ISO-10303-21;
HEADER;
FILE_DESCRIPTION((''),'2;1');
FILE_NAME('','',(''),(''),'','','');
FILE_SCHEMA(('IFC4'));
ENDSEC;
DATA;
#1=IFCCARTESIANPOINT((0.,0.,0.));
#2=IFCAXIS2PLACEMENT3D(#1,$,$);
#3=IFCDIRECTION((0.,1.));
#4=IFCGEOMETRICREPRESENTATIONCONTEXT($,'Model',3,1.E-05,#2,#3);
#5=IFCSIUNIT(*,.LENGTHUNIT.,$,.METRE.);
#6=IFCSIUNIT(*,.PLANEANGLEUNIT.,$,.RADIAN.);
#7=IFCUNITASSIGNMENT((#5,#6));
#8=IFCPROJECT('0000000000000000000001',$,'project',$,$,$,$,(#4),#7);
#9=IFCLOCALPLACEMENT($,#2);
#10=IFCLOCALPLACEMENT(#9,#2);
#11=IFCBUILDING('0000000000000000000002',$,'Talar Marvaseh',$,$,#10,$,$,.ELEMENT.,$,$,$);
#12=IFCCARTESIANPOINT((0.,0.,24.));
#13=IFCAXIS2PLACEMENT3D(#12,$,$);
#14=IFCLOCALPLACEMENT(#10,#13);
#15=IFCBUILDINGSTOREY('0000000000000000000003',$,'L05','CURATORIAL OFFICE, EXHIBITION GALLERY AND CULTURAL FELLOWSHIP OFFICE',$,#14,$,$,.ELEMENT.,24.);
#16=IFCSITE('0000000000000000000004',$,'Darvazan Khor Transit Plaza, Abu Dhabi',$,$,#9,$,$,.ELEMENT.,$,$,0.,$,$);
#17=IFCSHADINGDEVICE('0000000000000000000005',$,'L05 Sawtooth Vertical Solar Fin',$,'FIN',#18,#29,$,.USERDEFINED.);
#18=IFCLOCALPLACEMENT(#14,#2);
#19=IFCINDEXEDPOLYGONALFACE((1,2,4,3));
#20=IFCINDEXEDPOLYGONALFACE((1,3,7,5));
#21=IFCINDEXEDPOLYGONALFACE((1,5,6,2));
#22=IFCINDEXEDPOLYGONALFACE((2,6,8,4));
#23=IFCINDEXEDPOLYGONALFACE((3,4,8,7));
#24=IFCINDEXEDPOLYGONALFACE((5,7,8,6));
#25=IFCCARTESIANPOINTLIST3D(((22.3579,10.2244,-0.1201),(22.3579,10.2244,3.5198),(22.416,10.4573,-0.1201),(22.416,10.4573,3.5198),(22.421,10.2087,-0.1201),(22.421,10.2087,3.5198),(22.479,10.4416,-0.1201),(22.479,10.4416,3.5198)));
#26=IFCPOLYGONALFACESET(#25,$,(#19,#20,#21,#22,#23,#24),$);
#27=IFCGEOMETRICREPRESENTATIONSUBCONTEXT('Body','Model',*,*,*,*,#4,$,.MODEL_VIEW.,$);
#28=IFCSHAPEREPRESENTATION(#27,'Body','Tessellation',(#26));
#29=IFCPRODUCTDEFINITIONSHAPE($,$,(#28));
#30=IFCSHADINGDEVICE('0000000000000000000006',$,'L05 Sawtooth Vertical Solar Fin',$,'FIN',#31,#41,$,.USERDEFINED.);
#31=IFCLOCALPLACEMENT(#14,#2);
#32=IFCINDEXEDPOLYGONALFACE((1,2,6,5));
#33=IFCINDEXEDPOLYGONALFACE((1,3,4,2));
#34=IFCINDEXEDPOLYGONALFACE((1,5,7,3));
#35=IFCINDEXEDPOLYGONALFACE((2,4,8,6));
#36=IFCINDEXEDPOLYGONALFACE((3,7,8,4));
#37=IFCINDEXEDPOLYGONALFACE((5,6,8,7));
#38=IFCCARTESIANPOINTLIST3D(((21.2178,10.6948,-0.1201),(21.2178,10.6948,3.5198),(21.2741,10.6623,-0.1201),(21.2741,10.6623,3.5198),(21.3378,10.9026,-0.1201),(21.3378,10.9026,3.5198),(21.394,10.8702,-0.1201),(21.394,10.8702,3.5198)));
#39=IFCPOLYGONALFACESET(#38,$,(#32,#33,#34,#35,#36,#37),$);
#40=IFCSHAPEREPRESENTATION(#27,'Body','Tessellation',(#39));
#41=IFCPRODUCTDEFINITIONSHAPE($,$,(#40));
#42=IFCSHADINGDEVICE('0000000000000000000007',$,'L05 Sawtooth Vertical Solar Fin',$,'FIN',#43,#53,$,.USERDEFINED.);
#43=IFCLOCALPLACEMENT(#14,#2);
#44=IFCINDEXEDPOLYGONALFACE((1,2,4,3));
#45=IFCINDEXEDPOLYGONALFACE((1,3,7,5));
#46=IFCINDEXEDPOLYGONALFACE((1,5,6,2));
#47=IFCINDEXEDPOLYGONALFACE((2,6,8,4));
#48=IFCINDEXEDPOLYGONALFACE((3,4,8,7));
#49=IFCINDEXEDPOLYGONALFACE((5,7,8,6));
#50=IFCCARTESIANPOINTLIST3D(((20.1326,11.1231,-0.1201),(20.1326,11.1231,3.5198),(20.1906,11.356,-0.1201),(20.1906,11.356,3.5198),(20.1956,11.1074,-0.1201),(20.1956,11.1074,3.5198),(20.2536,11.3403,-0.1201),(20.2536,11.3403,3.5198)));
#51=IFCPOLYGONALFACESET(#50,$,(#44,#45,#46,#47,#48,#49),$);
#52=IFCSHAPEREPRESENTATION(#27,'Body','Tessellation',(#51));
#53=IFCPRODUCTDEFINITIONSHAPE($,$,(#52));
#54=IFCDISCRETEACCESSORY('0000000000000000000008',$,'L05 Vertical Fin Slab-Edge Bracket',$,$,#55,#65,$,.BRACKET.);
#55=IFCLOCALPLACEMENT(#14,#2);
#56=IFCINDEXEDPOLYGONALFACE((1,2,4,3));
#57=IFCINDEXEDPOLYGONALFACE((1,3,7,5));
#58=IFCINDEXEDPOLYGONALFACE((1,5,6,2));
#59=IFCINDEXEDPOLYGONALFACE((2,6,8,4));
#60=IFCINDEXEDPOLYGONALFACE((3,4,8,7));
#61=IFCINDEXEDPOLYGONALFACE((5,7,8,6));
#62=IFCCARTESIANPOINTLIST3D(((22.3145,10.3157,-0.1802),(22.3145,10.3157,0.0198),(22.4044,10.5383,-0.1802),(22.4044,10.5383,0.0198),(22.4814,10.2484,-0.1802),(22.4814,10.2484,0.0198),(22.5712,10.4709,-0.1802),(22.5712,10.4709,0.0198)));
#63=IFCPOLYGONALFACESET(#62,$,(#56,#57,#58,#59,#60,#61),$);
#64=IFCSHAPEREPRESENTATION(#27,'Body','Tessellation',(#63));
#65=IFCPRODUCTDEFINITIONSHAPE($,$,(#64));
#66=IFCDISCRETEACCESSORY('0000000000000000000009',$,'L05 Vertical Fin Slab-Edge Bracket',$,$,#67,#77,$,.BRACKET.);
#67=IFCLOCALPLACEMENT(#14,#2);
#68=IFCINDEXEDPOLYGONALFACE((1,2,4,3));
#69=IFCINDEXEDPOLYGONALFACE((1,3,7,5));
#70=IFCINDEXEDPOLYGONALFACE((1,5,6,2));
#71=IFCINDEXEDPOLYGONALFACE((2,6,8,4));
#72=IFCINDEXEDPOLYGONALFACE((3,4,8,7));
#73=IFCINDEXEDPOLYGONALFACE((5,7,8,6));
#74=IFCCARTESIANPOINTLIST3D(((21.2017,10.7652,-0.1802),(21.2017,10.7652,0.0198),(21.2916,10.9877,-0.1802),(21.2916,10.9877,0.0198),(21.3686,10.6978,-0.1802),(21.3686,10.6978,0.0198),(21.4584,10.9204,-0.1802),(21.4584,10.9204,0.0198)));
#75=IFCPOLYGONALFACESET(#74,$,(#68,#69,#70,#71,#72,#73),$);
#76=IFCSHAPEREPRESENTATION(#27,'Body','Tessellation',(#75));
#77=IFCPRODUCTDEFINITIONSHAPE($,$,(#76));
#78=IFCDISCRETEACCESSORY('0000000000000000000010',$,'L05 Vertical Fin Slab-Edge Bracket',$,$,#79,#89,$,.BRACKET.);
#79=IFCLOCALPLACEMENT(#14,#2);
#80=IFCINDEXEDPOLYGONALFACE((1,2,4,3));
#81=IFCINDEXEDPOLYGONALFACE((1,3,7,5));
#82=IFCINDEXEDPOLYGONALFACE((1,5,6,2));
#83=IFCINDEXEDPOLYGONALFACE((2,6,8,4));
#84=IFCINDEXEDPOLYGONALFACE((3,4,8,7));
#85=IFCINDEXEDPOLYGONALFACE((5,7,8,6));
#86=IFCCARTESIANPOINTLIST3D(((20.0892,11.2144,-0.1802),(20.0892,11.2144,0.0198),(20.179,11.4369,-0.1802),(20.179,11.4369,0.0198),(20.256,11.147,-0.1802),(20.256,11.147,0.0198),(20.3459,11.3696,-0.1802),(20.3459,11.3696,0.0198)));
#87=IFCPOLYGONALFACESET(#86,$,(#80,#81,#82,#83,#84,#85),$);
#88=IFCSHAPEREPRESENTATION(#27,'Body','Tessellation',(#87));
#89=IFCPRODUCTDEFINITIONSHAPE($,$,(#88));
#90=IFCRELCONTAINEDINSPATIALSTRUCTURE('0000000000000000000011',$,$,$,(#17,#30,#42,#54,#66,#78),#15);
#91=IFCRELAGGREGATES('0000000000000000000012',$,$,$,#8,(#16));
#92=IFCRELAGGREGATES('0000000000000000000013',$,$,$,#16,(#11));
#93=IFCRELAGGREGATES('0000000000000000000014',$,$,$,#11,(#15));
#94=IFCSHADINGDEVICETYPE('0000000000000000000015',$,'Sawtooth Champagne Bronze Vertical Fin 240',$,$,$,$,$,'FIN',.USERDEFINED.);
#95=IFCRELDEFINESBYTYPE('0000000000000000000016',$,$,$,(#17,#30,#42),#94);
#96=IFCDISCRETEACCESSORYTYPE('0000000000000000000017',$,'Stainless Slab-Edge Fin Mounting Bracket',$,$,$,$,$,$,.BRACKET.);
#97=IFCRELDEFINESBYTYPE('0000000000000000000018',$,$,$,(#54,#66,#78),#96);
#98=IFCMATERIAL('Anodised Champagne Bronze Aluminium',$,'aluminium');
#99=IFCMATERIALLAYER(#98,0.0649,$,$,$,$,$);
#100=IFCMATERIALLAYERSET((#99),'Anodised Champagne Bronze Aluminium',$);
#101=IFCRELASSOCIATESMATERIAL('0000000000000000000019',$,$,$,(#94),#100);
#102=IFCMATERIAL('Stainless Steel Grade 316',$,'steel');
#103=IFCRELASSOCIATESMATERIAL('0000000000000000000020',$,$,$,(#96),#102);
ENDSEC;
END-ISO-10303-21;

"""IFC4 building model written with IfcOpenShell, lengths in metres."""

from ifc_helpers import new_model, si_unit, direction, frame, origin, origin_2d, place, context, subcontext, project, spatial, rectangle, extrude, source, transform, mapped, material, layer, layer_set, type_object, type_shapes, element, save


model = new_model("IFC4")

# Units and contexts
model_context = context("Model", 3, precision=1e-05, world=origin(), true_north=direction((0.0, 1.0)))
body_context = subcontext(model_context, "Body", "Model", "MODEL_VIEW")
ifc_project = project(units=[si_unit("LENGTHUNIT", "METRE"), si_unit("PLANEANGLEUNIT", "RADIAN")], contexts=[model_context])

# Site, building, storey
site_placement = place(None, origin())
site = spatial("IfcSite", under=ifc_project, at=site_placement, Name="Darvazan Khor Transit Plaza, Abu Dhabi", CompositionType="ELEMENT", RefElevation=0.0)
building_placement = place(site_placement, origin())
building = spatial("IfcBuilding", under=site, at=building_placement, Name="Talar Marvaseh", CompositionType="ELEMENT")
storey_placement = place(building_placement, frame((0.0, 0.0, 24.0)))
storey = spatial("IfcBuildingStorey", under=building, at=storey_placement, Name="L05", Description="CURATORIAL OFFICE, EXHIBITION GALLERY AND CULTURAL FELLOWSHIP OFFICE", CompositionType="ELEMENT", Elevation=24.0)

# Shading devices
ifc_material_1 = material(Name="Anodised Champagne Bronze Aluminium", Category="aluminium")
ifc_layer_1 = layer(ifc_material_1, 0.0649)
ifc_layer_set_1 = layer_set([ifc_layer_1], Name="Anodised Champagne Bronze Aluminium")
shading_device_type = type_object("IfcShadingDeviceType", Name="Sawtooth Champagne Bronze Vertical Fin 240", ElementType="FIN", PredefinedType="USERDEFINED", material=ifc_layer_set_1)
shared_shape_1 = source(origin(), body_context, "Body", "SweptSolid", [
    extrude(rectangle(XDim=0.24, YDim=0.0649, at=origin_2d()), origin(), (0.0, 0.0, 1.0), 3.6399),
])
type_shapes(shading_device_type, [shared_shape_1])
for number, where, z_axis, x_axis, name in (
    (1, (22.4185, 10.333, -0.1201), (0.0, 0.0, 1.0), (-0.241753, -0.970338, 0.0), "L05 Sawtooth Vertical Solar Fin"),
    (2, (21.3059, 10.7825, -0.1201), (0.0, 0.0, 1.0), (-0.499849, -0.866113, 0.0), "L05 Sawtooth Vertical Solar Fin"),
    (3, (20.1931, 11.2317, -0.1201), (0.0, 0.0, 1.0), (-0.241753, -0.970338, 0.0), "L05 Sawtooth Vertical Solar Fin"),
):
    element("IfcShadingDevice", number, at=place(storey_placement, frame(where, z_axis=z_axis, x_axis=x_axis)), inside=storey, type_object=shading_device_type, Name=name, ObjectType="FIN", PredefinedType="USERDEFINED", context=body_context, shape_type="MappedRepresentation", body=[
        mapped(shared_shape_1, transform((0.0, 0.0, 0.0), x_axis=(1.0, 0.0, 0.0), y_axis=(0.0, 1.0, 0.0), z_axis=(0.0, 0.0, 1.0), scale=1.0)),
    ])

# Discrete accessories
ifc_material_2 = material(Name="Stainless Steel Grade 316", Category="steel")
discrete_accessory_type = type_object("IfcDiscreteAccessoryType", Name="Stainless Slab-Edge Fin Mounting Bracket", PredefinedType="BRACKET", material=ifc_material_2)
shared_shape_2 = source(origin(), body_context, "Body", "SweptSolid", [
    extrude(rectangle(XDim=0.24, YDim=0.1799, at=origin_2d()), origin(), (0.0, 0.0, 1.0), 0.2),
])
type_shapes(discrete_accessory_type, [shared_shape_2])
for number, where, z_axis, x_axis, name in (
    (4, (22.4429, 10.3933, -0.1802), (0.0, 0.0, 1.0), (-0.374445, -0.927249, 0.0), "L05 Vertical Fin Slab-Edge Bracket"),
    (5, (21.3301, 10.8428, -0.1802), (0.0, 0.0, 1.0), (-0.374445, -0.927249, 0.0), "L05 Vertical Fin Slab-Edge Bracket"),
    (6, (20.2175, 11.292, -0.1802), (0.0, 0.0, 1.0), (-0.374445, -0.927249, 0.0), "L05 Vertical Fin Slab-Edge Bracket"),
):
    element("IfcDiscreteAccessory", number, at=place(storey_placement, frame(where, z_axis=z_axis, x_axis=x_axis)), inside=storey, type_object=discrete_accessory_type, Name=name, PredefinedType="BRACKET", context=body_context, shape_type="MappedRepresentation", body=[
        mapped(shared_shape_2, transform((0.0, 0.0, 0.0), x_axis=(1.0, 0.0, 0.0), y_axis=(0.0, 1.0, 0.0), z_axis=(0.0, 0.0, 1.0), scale=1.0)),
    ])

save(model, "model.ifc")
